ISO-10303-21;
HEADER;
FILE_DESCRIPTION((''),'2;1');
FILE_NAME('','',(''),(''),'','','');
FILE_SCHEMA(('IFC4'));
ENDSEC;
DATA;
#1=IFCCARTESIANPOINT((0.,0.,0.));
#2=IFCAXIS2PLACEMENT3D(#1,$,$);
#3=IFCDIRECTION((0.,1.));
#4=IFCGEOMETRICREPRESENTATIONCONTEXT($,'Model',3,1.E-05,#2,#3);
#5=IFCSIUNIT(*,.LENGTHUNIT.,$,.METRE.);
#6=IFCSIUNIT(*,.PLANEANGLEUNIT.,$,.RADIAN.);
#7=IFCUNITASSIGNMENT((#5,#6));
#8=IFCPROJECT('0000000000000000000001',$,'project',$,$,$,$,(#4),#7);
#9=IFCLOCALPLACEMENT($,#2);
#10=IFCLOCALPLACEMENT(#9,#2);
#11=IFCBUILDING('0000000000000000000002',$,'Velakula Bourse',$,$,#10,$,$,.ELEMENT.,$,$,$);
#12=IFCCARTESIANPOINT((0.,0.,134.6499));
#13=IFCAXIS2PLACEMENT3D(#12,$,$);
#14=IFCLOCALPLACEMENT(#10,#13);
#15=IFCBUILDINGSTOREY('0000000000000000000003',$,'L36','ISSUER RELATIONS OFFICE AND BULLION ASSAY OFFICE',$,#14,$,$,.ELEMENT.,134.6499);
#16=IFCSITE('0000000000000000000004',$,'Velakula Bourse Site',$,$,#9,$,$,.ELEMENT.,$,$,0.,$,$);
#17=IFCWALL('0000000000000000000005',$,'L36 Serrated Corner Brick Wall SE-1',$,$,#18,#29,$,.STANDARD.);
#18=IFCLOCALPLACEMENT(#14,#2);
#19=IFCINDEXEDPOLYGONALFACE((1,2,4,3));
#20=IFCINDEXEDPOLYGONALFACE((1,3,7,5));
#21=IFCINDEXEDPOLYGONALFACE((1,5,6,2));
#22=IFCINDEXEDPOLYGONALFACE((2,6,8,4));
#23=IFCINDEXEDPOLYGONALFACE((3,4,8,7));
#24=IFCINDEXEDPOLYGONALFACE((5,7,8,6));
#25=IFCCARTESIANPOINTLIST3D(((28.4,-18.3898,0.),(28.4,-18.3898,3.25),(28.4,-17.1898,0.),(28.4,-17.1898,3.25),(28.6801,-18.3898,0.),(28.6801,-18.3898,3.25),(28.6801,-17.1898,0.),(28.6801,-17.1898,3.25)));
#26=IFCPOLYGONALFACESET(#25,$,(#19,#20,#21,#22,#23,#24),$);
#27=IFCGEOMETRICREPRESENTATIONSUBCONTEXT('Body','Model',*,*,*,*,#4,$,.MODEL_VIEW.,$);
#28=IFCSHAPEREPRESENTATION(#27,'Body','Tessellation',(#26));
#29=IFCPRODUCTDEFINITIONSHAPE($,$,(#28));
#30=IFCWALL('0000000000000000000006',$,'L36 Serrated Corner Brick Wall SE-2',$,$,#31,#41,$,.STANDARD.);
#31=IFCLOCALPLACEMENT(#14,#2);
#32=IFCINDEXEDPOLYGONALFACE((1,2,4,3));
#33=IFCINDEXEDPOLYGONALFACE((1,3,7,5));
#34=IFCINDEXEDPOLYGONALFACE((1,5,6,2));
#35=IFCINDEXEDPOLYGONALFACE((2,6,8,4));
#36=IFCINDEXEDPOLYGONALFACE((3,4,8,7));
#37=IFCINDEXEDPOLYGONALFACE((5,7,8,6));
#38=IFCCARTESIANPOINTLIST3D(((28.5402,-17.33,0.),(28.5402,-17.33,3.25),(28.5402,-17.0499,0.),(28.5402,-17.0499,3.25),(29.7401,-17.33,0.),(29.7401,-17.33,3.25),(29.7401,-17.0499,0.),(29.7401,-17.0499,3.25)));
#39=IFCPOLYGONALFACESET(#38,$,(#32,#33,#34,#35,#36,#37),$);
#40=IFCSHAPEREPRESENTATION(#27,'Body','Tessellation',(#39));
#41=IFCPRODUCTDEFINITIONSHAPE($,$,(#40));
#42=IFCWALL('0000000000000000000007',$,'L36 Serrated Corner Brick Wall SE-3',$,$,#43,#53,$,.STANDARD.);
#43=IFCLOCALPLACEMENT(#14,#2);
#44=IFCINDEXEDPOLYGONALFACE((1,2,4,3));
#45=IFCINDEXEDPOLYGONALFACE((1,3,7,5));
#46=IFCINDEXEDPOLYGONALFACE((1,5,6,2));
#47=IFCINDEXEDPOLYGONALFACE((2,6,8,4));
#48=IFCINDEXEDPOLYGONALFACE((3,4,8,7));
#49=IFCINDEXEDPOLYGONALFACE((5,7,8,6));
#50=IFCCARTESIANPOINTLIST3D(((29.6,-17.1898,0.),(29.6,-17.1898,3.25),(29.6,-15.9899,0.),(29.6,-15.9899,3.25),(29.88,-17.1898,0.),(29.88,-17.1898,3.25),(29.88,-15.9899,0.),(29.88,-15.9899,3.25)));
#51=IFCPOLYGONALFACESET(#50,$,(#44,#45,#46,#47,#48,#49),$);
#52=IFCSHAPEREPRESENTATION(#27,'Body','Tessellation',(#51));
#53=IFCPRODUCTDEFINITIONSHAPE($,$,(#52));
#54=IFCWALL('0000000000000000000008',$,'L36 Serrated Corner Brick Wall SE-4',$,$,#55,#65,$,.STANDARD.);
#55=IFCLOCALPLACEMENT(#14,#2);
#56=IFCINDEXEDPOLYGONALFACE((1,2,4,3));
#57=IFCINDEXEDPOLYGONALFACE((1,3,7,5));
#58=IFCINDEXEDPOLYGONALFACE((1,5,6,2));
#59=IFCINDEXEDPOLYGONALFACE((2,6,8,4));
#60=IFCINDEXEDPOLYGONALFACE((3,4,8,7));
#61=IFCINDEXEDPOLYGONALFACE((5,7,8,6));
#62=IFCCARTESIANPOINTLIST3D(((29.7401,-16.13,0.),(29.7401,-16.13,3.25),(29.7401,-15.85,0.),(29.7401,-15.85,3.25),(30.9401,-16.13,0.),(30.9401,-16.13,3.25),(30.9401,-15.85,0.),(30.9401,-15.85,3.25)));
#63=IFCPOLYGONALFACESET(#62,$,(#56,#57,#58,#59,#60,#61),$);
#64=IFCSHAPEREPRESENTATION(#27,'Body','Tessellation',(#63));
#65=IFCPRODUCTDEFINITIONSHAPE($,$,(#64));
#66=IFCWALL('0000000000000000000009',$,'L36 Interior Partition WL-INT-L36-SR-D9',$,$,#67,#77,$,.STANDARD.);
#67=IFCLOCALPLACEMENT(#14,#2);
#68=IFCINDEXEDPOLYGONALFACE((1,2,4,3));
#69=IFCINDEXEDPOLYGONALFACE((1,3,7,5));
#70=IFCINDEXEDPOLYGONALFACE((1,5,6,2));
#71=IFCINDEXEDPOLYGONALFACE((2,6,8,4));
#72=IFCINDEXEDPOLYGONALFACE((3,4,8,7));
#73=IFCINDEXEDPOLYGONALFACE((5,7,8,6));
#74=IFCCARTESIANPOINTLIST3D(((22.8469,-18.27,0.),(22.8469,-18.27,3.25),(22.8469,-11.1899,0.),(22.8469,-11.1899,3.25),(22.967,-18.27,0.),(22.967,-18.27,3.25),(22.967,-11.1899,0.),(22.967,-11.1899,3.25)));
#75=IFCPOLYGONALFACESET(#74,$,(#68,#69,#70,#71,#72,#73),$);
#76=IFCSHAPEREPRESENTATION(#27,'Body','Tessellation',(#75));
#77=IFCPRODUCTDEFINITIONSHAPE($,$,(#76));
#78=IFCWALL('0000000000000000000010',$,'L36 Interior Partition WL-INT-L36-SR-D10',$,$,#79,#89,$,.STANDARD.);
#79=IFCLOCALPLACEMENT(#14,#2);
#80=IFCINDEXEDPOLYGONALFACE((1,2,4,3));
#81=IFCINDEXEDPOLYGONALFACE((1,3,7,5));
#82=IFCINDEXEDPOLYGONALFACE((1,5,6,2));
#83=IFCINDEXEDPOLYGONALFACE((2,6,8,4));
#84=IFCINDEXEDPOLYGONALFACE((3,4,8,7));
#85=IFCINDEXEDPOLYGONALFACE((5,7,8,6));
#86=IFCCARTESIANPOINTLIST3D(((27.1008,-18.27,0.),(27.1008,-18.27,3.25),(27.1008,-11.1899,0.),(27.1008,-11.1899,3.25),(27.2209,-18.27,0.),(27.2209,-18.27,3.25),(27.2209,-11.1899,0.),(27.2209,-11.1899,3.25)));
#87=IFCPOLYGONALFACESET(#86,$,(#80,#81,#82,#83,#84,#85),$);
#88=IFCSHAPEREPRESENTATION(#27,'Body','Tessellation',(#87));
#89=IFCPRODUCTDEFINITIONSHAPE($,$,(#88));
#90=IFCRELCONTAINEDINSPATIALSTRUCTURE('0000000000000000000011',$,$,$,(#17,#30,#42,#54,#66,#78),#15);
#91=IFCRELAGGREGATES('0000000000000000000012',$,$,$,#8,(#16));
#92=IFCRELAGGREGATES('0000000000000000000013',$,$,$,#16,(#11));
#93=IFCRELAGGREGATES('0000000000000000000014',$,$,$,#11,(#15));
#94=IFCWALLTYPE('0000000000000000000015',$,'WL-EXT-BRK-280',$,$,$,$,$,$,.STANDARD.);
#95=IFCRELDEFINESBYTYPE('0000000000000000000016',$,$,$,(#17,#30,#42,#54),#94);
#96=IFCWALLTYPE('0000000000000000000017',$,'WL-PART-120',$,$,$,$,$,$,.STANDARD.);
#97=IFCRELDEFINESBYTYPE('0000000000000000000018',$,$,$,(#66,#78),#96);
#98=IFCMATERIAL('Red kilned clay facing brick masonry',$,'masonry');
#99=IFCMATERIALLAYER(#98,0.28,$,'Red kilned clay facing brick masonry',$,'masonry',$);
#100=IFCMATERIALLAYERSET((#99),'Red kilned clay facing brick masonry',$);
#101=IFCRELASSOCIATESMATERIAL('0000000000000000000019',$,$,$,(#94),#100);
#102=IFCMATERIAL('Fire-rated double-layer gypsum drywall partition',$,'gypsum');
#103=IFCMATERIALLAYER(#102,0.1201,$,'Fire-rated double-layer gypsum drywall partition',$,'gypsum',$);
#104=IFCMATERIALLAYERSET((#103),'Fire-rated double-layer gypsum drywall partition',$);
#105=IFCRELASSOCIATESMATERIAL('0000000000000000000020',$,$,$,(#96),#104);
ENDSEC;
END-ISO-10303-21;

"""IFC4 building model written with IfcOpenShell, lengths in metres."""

from ifc_helpers import new_model, si_unit, direction, frame, frame_2d, origin, place, context, subcontext, project, spatial, rectangle, extrude, material, layer, layer_set, type_object, element, save


model = new_model("IFC4")

# Units and contexts
model_context = context("Model", 3, precision=1e-05, world=origin(), true_north=direction((0.0, 1.0)))
body_context = subcontext(model_context, "Body", "Model", "MODEL_VIEW")
ifc_project = project(units=[si_unit("LENGTHUNIT", "METRE"), si_unit("PLANEANGLEUNIT", "RADIAN")], contexts=[model_context])

# Site, building, storey
site_placement = place(None, origin())
site = spatial("IfcSite", under=ifc_project, at=site_placement, Name="Velakula Bourse Site", CompositionType="ELEMENT", RefElevation=0.0)
building_placement = place(site_placement, origin())
building = spatial("IfcBuilding", under=site, at=building_placement, Name="Velakula Bourse", CompositionType="ELEMENT")
storey_placement = place(building_placement, frame((0.0, 0.0, 134.6499)))
storey = spatial("IfcBuildingStorey", under=building, at=storey_placement, Name="L36", Description="ISSUER RELATIONS OFFICE AND BULLION ASSAY OFFICE", CompositionType="ELEMENT", Elevation=134.6499)

# Shared definitions
ifc_material_1 = material(Name="Red kilned clay facing brick masonry", Category="masonry")
ifc_layer_1 = layer(ifc_material_1, 0.28, Name="Red kilned clay facing brick masonry", Category="masonry")
ifc_layer_set_1 = layer_set([ifc_layer_1], Name="Red kilned clay facing brick masonry")
wall_type_1 = type_object("IfcWallType", Name="WL-EXT-BRK-280", PredefinedType="STANDARD", material=ifc_layer_set_1)

# Walls
for number, where, z_axis, x_axis, name in (
    (1, (28.54, -18.3899, 0.0), (0.0, 0.0, 1.0), (0.0, 1.0, 0.0), "L36 Serrated Corner Brick Wall SE-1"),
    (2, (28.54, -17.1899, 0.0), (0.0, 0.0, 1.0), (1.0, 0.0, 0.0), "L36 Serrated Corner Brick Wall SE-2"),
    (3, (29.74, -17.1899, 0.0), (0.0, 0.0, 1.0), (0.0, 1.0, 0.0), "L36 Serrated Corner Brick Wall SE-3"),
    (4, (29.74, -15.99, 0.0), (0.0, 0.0, 1.0), (1.0, 0.0, 0.0), "L36 Serrated Corner Brick Wall SE-4"),
):
    element("IfcWall", number, at=place(storey_placement, frame(where, z_axis=z_axis, x_axis=x_axis)), inside=storey, type_object=wall_type_1, Name=name, PredefinedType="STANDARD", context=body_context, shape_type="SweptSolid", body=[
        extrude(rectangle(XDim=1.2, YDim=0.28, at=frame_2d((0.6001, 0.0))), origin(), (0.0, 0.0, 1.0), 3.25),
    ])
ifc_material_2 = material(Name="Fire-rated double-layer gypsum drywall partition", Category="gypsum")
ifc_layer_2 = layer(ifc_material_2, 0.1201, Name="Fire-rated double-layer gypsum drywall partition", Category="gypsum")
ifc_layer_set_2 = layer_set([ifc_layer_2], Name="Fire-rated double-layer gypsum drywall partition")
wall_type_2 = type_object("IfcWallType", Name="WL-PART-120", PredefinedType="STANDARD", material=ifc_layer_set_2)
for number, where, z_axis, x_axis, name in (
    (5, (22.907, -18.27, 0.0), (0.0, 0.0, 1.0), (0.0, 1.0, 0.0), "L36 Interior Partition WL-INT-L36-SR-D9"),
    (6, (27.1609, -18.27, 0.0), (0.0, 0.0, 1.0), (0.0, 1.0, 0.0), "L36 Interior Partition WL-INT-L36-SR-D10"),
):
    element("IfcWall", number, at=place(storey_placement, frame(where, z_axis=z_axis, x_axis=x_axis)), inside=storey, type_object=wall_type_2, Name=name, PredefinedType="STANDARD", context=body_context, shape_type="SweptSolid", body=[
        extrude(rectangle(XDim=7.0801, YDim=0.1201, at=frame_2d((3.54, 0.0))), origin(), (0.0, 0.0, 1.0), 3.25),
    ])

save(model, "model.ifc")
